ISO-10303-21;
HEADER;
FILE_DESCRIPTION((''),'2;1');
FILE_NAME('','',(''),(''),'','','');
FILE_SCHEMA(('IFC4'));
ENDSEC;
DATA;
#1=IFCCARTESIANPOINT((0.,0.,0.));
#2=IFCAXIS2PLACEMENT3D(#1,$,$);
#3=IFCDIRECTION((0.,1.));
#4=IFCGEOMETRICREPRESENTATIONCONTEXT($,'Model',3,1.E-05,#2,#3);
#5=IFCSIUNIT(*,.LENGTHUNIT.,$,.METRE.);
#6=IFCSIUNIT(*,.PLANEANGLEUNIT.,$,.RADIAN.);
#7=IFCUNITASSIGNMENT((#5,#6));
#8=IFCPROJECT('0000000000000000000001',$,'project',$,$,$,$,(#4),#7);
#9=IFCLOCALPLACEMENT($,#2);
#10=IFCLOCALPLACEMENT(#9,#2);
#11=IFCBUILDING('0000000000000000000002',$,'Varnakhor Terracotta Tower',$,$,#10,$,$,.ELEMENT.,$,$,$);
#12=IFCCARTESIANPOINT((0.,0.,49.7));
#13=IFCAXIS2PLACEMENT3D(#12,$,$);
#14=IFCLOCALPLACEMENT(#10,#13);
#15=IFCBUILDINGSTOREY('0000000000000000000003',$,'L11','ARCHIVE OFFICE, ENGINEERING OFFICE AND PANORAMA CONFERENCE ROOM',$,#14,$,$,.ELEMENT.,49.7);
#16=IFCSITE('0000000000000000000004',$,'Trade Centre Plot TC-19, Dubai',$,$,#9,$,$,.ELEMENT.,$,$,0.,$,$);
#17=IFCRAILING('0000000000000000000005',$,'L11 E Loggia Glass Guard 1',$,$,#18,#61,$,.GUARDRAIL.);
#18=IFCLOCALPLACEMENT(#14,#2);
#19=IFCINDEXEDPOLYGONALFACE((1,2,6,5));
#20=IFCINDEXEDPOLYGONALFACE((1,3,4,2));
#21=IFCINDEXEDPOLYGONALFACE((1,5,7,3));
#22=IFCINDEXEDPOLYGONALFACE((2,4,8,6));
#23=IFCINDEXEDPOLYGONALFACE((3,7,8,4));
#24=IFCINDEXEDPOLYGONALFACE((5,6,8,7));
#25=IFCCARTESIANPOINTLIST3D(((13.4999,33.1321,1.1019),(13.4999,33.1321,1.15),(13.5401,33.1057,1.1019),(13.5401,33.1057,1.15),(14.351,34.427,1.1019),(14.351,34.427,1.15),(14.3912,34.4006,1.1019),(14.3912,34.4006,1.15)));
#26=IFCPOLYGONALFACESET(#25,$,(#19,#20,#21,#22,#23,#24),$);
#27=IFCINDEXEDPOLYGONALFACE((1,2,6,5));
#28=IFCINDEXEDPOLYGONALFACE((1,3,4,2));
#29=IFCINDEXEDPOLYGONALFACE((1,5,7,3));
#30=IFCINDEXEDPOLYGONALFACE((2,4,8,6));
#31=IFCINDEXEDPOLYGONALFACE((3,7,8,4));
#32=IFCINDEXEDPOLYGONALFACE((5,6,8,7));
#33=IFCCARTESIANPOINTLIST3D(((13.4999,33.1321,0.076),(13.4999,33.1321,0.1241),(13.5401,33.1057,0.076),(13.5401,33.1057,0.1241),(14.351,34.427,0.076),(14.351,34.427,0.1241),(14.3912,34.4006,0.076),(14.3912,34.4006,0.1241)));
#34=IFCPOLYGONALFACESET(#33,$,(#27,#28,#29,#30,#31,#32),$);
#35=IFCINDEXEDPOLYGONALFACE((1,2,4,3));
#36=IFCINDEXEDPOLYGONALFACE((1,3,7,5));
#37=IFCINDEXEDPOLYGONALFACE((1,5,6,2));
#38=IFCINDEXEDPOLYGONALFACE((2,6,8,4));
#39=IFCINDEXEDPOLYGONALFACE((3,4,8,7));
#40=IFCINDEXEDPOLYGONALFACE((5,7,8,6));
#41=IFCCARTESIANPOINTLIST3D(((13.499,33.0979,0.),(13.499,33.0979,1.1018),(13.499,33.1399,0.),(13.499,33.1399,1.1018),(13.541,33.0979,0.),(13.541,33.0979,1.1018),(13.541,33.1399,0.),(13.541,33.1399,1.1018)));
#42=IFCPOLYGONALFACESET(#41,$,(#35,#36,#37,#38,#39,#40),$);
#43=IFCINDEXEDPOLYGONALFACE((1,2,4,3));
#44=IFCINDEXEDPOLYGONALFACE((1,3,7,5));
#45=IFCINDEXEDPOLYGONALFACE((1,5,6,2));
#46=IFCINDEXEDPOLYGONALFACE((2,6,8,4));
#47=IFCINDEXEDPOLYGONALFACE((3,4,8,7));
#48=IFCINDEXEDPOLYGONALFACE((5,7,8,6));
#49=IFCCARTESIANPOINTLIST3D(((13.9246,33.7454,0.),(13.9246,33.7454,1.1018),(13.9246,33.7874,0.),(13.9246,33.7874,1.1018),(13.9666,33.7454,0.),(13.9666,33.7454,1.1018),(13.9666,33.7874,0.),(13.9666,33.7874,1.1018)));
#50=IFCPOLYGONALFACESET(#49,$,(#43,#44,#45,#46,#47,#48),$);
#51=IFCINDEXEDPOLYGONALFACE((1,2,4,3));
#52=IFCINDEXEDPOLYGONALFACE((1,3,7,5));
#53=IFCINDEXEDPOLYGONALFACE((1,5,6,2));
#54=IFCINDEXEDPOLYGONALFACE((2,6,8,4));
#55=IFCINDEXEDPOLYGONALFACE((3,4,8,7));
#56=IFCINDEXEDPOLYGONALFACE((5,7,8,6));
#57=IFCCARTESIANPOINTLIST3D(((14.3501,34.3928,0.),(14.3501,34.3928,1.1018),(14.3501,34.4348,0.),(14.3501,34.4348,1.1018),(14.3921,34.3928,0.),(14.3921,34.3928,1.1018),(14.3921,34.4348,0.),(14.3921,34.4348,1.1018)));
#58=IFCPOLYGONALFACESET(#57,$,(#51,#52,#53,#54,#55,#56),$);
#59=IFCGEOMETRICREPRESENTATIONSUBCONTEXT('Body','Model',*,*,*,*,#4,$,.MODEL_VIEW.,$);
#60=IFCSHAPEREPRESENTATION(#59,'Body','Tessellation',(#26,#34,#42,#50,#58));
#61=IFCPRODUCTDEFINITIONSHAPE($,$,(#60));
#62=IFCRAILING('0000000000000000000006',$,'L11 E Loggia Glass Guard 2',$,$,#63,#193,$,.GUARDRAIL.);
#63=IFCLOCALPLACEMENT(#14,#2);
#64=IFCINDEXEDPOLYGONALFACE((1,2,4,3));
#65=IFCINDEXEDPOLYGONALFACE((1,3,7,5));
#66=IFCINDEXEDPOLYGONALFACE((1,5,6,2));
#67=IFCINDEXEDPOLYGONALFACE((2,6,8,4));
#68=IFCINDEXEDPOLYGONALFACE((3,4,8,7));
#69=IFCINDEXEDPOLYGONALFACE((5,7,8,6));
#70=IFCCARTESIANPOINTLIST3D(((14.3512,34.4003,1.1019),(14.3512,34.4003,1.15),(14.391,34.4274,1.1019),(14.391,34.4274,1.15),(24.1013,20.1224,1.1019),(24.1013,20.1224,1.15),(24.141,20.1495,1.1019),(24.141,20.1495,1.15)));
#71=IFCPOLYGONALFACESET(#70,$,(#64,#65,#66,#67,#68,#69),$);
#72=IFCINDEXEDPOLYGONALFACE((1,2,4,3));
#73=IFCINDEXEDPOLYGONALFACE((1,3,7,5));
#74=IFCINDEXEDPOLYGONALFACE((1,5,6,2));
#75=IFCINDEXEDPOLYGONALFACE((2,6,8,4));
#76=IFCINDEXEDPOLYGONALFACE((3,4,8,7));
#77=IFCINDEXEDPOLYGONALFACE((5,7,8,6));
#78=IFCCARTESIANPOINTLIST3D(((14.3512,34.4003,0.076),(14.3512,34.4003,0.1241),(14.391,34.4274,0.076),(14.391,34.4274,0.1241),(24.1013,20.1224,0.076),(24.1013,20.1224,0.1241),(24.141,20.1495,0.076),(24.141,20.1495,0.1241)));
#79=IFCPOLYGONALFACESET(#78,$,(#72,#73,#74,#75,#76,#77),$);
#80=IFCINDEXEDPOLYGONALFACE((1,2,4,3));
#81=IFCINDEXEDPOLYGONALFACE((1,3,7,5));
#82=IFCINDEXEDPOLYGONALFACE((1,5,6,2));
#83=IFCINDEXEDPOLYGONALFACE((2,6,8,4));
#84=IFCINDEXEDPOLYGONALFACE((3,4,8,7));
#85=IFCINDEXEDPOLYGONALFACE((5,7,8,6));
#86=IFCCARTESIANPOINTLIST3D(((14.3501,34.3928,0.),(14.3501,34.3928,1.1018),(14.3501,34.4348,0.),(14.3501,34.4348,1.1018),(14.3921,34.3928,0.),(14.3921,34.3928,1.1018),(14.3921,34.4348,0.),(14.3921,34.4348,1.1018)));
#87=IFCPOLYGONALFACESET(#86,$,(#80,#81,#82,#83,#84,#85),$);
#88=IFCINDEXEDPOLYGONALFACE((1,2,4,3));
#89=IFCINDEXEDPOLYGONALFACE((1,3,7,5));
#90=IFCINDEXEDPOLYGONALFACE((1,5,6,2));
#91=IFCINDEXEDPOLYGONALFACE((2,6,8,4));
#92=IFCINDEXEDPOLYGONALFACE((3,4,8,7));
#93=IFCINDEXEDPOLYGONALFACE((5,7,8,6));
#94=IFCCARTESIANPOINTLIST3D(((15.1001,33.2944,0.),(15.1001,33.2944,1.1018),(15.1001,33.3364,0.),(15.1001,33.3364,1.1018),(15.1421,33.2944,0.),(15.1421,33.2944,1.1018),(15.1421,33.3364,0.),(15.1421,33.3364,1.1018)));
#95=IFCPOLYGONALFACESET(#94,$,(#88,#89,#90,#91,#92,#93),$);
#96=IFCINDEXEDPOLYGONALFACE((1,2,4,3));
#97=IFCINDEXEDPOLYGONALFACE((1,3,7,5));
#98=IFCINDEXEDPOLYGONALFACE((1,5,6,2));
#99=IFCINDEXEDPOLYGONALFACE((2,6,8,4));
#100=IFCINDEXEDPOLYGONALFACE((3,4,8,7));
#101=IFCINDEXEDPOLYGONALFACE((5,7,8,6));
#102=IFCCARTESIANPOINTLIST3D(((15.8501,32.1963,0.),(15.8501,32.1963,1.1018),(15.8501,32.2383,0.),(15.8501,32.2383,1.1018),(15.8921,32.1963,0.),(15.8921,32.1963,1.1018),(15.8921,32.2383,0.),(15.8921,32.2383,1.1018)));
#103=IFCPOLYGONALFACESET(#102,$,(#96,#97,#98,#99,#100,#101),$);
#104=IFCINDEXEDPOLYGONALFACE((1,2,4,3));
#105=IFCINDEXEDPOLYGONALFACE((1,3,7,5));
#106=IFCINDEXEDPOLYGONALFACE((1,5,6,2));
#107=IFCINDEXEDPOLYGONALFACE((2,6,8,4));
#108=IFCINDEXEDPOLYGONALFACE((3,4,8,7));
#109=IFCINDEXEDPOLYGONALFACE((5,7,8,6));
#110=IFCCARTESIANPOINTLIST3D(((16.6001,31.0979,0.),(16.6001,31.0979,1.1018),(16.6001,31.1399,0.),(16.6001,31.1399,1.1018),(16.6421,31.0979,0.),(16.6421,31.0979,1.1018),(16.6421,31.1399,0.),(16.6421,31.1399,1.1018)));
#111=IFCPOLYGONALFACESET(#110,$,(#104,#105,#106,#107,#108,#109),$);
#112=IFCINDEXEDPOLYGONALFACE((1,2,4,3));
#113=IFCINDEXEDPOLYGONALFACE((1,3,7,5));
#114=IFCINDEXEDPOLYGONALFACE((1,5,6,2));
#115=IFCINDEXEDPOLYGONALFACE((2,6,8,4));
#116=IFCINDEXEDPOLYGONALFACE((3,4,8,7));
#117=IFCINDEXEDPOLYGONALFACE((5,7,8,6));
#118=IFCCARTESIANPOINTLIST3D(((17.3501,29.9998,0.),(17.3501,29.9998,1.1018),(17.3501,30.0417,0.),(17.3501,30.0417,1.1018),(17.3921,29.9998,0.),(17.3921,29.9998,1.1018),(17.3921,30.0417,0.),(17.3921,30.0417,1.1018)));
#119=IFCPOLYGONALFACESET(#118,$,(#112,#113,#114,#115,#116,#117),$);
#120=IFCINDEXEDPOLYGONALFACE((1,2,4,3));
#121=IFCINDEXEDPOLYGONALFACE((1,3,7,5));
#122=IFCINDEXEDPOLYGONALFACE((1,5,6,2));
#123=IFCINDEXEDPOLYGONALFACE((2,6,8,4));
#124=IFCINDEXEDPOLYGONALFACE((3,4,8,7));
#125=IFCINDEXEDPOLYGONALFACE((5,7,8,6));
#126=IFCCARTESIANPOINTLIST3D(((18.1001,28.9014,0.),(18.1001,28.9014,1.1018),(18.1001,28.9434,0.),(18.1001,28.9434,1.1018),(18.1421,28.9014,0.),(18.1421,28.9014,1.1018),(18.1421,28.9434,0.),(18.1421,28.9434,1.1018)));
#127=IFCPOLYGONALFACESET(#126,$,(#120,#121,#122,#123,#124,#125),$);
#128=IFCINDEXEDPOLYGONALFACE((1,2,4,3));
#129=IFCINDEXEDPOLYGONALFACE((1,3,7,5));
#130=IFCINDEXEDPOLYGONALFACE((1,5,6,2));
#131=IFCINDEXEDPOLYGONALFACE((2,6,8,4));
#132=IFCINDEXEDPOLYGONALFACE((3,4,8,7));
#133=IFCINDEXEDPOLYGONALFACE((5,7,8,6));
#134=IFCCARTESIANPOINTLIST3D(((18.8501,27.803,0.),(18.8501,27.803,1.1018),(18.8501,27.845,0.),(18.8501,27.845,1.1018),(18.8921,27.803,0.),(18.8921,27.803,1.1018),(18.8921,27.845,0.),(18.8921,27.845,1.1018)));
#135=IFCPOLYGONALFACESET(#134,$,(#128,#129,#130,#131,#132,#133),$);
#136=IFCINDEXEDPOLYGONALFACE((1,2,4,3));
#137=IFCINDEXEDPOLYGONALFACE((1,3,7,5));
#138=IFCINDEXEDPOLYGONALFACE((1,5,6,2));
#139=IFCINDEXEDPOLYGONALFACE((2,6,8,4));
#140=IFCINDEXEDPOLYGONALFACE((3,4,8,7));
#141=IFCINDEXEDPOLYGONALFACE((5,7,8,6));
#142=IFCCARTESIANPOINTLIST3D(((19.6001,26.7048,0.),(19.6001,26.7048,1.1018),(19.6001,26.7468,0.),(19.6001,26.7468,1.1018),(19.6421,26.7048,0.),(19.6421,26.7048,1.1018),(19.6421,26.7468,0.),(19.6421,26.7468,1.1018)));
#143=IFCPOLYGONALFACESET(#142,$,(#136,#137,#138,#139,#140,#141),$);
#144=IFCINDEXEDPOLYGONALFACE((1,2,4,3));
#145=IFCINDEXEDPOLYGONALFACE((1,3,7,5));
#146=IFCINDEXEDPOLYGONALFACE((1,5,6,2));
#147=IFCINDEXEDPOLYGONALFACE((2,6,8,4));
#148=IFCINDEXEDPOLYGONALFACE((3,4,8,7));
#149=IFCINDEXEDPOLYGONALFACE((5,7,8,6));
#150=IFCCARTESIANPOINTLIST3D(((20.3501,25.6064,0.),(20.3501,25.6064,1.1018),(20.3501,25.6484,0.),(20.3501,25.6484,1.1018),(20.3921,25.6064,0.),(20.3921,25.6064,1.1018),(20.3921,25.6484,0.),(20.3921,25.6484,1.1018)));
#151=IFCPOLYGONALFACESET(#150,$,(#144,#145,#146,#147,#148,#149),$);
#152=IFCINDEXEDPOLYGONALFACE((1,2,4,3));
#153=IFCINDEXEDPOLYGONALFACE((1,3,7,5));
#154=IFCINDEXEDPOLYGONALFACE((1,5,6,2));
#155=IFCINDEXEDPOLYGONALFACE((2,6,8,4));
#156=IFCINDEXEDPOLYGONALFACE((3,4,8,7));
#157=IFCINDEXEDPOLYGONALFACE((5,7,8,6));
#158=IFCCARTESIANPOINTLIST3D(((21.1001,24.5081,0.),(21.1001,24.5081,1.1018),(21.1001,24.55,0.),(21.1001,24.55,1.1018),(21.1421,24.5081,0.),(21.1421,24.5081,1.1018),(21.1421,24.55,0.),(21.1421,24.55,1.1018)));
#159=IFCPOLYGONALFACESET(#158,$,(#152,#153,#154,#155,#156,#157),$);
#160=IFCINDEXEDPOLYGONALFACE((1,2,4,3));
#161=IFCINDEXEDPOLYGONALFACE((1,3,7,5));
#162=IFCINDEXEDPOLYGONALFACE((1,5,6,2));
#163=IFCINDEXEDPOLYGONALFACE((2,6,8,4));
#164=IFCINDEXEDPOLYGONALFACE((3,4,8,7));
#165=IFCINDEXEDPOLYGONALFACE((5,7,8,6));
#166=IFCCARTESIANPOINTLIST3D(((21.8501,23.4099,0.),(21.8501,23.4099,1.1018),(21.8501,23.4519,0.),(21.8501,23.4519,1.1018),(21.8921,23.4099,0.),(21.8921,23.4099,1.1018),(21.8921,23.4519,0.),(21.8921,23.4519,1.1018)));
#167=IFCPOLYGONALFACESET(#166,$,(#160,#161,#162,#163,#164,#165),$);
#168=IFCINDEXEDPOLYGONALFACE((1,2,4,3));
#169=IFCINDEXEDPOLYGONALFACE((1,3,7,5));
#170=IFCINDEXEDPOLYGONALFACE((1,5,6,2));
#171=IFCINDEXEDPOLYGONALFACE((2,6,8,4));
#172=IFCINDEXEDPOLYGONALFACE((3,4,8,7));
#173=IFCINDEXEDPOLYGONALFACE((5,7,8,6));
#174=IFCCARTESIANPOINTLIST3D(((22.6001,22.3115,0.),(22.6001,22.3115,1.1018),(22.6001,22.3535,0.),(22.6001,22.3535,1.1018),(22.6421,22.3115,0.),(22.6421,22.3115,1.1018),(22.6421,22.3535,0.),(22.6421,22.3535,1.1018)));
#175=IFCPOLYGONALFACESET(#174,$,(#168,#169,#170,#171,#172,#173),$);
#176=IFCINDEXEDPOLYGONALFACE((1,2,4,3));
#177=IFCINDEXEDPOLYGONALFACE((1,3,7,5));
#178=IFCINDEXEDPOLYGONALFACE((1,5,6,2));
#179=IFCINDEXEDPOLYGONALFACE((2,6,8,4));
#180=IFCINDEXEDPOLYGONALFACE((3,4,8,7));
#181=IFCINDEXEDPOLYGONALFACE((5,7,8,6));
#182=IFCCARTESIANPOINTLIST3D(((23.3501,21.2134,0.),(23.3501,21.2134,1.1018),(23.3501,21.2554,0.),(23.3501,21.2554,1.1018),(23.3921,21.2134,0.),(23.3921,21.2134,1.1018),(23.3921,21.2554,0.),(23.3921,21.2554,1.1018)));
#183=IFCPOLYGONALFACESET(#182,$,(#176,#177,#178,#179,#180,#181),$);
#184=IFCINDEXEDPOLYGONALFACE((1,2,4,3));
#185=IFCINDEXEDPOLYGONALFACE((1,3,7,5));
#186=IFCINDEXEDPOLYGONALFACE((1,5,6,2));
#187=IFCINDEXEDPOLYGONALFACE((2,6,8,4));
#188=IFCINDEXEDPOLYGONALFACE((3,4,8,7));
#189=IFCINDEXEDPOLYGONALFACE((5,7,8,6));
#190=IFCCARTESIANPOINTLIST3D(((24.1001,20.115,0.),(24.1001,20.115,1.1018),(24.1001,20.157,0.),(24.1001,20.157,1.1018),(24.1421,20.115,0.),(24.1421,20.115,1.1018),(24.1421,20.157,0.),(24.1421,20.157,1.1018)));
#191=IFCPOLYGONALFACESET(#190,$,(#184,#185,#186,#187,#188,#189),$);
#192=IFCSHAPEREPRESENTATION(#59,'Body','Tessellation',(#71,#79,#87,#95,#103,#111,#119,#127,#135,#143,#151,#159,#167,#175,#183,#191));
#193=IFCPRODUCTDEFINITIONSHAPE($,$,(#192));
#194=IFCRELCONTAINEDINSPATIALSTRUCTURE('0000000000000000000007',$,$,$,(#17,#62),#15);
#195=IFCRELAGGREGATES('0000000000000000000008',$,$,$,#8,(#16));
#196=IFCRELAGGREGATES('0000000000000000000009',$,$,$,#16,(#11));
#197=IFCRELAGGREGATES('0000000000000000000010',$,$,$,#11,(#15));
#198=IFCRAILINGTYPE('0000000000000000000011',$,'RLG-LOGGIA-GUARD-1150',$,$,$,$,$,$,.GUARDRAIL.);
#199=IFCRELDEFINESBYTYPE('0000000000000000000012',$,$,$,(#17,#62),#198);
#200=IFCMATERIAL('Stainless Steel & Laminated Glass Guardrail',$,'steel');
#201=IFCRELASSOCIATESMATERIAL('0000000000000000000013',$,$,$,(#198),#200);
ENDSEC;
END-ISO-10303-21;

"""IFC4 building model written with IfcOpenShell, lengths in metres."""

from ifc_helpers import new_model, si_unit, direction, frame, origin, origin_2d, place, context, subcontext, project, spatial, rectangle, extrude, material, type_object, element, save


model = new_model("IFC4")

# Units and contexts
model_context = context("Model", 3, precision=1e-05, world=origin(), true_north=direction((0.0, 1.0)))
body_context = subcontext(model_context, "Body", "Model", "MODEL_VIEW")
ifc_project = project(units=[si_unit("LENGTHUNIT", "METRE"), si_unit("PLANEANGLEUNIT", "RADIAN")], contexts=[model_context])

# Site, building, storey
site_placement = place(None, origin())
site = spatial("IfcSite", under=ifc_project, at=site_placement, Name="Trade Centre Plot TC-19, Dubai", CompositionType="ELEMENT", RefElevation=0.0)
building_placement = place(site_placement, origin())
building = spatial("IfcBuilding", under=site, at=building_placement, Name="Varnakhor Terracotta Tower", CompositionType="ELEMENT")
storey_placement = place(building_placement, frame((0.0, 0.0, 49.7)))
storey = spatial("IfcBuildingStorey", under=building, at=storey_placement, Name="L11", Description="ARCHIVE OFFICE, ENGINEERING OFFICE AND PANORAMA CONFERENCE ROOM", CompositionType="ELEMENT", Elevation=49.7)

# Railings
ifc_material_1 = material(Name="Stainless Steel & Laminated Glass Guardrail", Category="steel")
railing_type = type_object("IfcRailingType", Name="RLG-LOGGIA-GUARD-1150", PredefinedType="GUARDRAIL", material=ifc_material_1)
railing_1_placement = place(storey_placement, frame((13.52, 33.1189, 0.0)))
element("IfcRailing", 1, at=railing_1_placement, inside=storey, type_object=railing_type, Name="L11 E Loggia Glass Guard 1", PredefinedType="GUARDRAIL", context=body_context, shape_type="SweptSolid", body=[
    extrude(rectangle(XDim=0.0481, YDim=0.0481, at=origin_2d()), frame((0.0, 0.0, 1.126), z_axis=(0.549234, 0.835668, 0.0), x_axis=(-0.835668, 0.549234, 0.0)), (0.0, 0.0, 1.0), 1.5496),
    extrude(rectangle(XDim=0.0481, YDim=0.0481, at=origin_2d()), frame((0.0, 0.0, 0.1001), z_axis=(0.549234, 0.835668, 0.0), x_axis=(-0.835668, 0.549234, 0.0)), (0.0, 0.0, 1.0), 1.5496),
    extrude(rectangle(XDim=0.042, YDim=0.042, at=origin_2d()), origin(), (0.0, 0.0, 1.0), 1.1018),
    extrude(rectangle(XDim=0.042, YDim=0.042, at=origin_2d()), frame((0.4255, 0.6475, 0.0)), (0.0, 0.0, 1.0), 1.1018),
    extrude(rectangle(XDim=0.042, YDim=0.042, at=origin_2d()), frame((0.8511, 1.2949, 0.0)), (0.0, 0.0, 1.0), 1.1018),
])
railing_2_placement = place(storey_placement, frame((14.3711, 34.4138, 0.0)))
element("IfcRailing", 2, at=railing_2_placement, inside=storey, type_object=railing_type, Name="L11 E Loggia Glass Guard 2", PredefinedType="GUARDRAIL", context=body_context, shape_type="SweptSolid", body=[
    extrude(rectangle(XDim=0.0481, YDim=0.0481, at=origin_2d()), frame((0.0, 0.0, 1.126), z_axis=(0.563933, -0.82582, 0.0), x_axis=(0.82582, 0.563933, 0.0)), (0.0, 0.0, 1.0), 17.2893),
    extrude(rectangle(XDim=0.0481, YDim=0.0481, at=origin_2d()), frame((0.0, 0.0, 0.1001), z_axis=(0.563933, -0.82582, 0.0), x_axis=(0.82582, 0.563933, 0.0)), (0.0, 0.0, 1.0), 17.2893),
    extrude(rectangle(XDim=0.042, YDim=0.042, at=origin_2d()), origin(), (0.0, 0.0, 1.0), 1.1018),
    extrude(rectangle(XDim=0.042, YDim=0.042, at=origin_2d()), frame((0.75, -1.0984, 0.0)), (0.0, 0.0, 1.0), 1.1018),
    extrude(rectangle(XDim=0.042, YDim=0.042, at=origin_2d()), frame((1.5, -2.1965, 0.0)), (0.0, 0.0, 1.0), 1.1018),
    extrude(rectangle(XDim=0.042, YDim=0.042, at=origin_2d()), frame((2.25, -3.2949, 0.0)), (0.0, 0.0, 1.0), 1.1018),
    extrude(rectangle(XDim=0.042, YDim=0.042, at=origin_2d()), frame((3.0, -4.3931, 0.0)), (0.0, 0.0, 1.0), 1.1018),
    extrude(rectangle(XDim=0.042, YDim=0.042, at=origin_2d()), frame((3.75, -5.4915, 0.0)), (0.0, 0.0, 1.0), 1.1018),
    extrude(rectangle(XDim=0.042, YDim=0.042, at=origin_2d()), frame((4.5, -6.5898, 0.0)), (0.0, 0.0, 1.0), 1.1018),
    extrude(rectangle(XDim=0.042, YDim=0.042, at=origin_2d()), frame((5.25, -7.688, 0.0)), (0.0, 0.0, 1.0), 1.1018),
    extrude(rectangle(XDim=0.042, YDim=0.042, at=origin_2d()), frame((6.0, -8.7864, 0.0)), (0.0, 0.0, 1.0), 1.1018),
    extrude(rectangle(XDim=0.042, YDim=0.042, at=origin_2d()), frame((6.75, -9.8848, 0.0)), (0.0, 0.0, 1.0), 1.1018),
    extrude(rectangle(XDim=0.042, YDim=0.042, at=origin_2d()), frame((7.5, -10.9829, 0.0)), (0.0, 0.0, 1.0), 1.1018),
    extrude(rectangle(XDim=0.042, YDim=0.042, at=origin_2d()), frame((8.25, -12.0813, 0.0)), (0.0, 0.0, 1.0), 1.1018),
    extrude(rectangle(XDim=0.042, YDim=0.042, at=origin_2d()), frame((9.0, -13.1794, 0.0)), (0.0, 0.0, 1.0), 1.1018),
    extrude(rectangle(XDim=0.042, YDim=0.042, at=origin_2d()), frame((9.75, -14.2778, 0.0)), (0.0, 0.0, 1.0), 1.1018),
])

save(model, "model.ifc")
